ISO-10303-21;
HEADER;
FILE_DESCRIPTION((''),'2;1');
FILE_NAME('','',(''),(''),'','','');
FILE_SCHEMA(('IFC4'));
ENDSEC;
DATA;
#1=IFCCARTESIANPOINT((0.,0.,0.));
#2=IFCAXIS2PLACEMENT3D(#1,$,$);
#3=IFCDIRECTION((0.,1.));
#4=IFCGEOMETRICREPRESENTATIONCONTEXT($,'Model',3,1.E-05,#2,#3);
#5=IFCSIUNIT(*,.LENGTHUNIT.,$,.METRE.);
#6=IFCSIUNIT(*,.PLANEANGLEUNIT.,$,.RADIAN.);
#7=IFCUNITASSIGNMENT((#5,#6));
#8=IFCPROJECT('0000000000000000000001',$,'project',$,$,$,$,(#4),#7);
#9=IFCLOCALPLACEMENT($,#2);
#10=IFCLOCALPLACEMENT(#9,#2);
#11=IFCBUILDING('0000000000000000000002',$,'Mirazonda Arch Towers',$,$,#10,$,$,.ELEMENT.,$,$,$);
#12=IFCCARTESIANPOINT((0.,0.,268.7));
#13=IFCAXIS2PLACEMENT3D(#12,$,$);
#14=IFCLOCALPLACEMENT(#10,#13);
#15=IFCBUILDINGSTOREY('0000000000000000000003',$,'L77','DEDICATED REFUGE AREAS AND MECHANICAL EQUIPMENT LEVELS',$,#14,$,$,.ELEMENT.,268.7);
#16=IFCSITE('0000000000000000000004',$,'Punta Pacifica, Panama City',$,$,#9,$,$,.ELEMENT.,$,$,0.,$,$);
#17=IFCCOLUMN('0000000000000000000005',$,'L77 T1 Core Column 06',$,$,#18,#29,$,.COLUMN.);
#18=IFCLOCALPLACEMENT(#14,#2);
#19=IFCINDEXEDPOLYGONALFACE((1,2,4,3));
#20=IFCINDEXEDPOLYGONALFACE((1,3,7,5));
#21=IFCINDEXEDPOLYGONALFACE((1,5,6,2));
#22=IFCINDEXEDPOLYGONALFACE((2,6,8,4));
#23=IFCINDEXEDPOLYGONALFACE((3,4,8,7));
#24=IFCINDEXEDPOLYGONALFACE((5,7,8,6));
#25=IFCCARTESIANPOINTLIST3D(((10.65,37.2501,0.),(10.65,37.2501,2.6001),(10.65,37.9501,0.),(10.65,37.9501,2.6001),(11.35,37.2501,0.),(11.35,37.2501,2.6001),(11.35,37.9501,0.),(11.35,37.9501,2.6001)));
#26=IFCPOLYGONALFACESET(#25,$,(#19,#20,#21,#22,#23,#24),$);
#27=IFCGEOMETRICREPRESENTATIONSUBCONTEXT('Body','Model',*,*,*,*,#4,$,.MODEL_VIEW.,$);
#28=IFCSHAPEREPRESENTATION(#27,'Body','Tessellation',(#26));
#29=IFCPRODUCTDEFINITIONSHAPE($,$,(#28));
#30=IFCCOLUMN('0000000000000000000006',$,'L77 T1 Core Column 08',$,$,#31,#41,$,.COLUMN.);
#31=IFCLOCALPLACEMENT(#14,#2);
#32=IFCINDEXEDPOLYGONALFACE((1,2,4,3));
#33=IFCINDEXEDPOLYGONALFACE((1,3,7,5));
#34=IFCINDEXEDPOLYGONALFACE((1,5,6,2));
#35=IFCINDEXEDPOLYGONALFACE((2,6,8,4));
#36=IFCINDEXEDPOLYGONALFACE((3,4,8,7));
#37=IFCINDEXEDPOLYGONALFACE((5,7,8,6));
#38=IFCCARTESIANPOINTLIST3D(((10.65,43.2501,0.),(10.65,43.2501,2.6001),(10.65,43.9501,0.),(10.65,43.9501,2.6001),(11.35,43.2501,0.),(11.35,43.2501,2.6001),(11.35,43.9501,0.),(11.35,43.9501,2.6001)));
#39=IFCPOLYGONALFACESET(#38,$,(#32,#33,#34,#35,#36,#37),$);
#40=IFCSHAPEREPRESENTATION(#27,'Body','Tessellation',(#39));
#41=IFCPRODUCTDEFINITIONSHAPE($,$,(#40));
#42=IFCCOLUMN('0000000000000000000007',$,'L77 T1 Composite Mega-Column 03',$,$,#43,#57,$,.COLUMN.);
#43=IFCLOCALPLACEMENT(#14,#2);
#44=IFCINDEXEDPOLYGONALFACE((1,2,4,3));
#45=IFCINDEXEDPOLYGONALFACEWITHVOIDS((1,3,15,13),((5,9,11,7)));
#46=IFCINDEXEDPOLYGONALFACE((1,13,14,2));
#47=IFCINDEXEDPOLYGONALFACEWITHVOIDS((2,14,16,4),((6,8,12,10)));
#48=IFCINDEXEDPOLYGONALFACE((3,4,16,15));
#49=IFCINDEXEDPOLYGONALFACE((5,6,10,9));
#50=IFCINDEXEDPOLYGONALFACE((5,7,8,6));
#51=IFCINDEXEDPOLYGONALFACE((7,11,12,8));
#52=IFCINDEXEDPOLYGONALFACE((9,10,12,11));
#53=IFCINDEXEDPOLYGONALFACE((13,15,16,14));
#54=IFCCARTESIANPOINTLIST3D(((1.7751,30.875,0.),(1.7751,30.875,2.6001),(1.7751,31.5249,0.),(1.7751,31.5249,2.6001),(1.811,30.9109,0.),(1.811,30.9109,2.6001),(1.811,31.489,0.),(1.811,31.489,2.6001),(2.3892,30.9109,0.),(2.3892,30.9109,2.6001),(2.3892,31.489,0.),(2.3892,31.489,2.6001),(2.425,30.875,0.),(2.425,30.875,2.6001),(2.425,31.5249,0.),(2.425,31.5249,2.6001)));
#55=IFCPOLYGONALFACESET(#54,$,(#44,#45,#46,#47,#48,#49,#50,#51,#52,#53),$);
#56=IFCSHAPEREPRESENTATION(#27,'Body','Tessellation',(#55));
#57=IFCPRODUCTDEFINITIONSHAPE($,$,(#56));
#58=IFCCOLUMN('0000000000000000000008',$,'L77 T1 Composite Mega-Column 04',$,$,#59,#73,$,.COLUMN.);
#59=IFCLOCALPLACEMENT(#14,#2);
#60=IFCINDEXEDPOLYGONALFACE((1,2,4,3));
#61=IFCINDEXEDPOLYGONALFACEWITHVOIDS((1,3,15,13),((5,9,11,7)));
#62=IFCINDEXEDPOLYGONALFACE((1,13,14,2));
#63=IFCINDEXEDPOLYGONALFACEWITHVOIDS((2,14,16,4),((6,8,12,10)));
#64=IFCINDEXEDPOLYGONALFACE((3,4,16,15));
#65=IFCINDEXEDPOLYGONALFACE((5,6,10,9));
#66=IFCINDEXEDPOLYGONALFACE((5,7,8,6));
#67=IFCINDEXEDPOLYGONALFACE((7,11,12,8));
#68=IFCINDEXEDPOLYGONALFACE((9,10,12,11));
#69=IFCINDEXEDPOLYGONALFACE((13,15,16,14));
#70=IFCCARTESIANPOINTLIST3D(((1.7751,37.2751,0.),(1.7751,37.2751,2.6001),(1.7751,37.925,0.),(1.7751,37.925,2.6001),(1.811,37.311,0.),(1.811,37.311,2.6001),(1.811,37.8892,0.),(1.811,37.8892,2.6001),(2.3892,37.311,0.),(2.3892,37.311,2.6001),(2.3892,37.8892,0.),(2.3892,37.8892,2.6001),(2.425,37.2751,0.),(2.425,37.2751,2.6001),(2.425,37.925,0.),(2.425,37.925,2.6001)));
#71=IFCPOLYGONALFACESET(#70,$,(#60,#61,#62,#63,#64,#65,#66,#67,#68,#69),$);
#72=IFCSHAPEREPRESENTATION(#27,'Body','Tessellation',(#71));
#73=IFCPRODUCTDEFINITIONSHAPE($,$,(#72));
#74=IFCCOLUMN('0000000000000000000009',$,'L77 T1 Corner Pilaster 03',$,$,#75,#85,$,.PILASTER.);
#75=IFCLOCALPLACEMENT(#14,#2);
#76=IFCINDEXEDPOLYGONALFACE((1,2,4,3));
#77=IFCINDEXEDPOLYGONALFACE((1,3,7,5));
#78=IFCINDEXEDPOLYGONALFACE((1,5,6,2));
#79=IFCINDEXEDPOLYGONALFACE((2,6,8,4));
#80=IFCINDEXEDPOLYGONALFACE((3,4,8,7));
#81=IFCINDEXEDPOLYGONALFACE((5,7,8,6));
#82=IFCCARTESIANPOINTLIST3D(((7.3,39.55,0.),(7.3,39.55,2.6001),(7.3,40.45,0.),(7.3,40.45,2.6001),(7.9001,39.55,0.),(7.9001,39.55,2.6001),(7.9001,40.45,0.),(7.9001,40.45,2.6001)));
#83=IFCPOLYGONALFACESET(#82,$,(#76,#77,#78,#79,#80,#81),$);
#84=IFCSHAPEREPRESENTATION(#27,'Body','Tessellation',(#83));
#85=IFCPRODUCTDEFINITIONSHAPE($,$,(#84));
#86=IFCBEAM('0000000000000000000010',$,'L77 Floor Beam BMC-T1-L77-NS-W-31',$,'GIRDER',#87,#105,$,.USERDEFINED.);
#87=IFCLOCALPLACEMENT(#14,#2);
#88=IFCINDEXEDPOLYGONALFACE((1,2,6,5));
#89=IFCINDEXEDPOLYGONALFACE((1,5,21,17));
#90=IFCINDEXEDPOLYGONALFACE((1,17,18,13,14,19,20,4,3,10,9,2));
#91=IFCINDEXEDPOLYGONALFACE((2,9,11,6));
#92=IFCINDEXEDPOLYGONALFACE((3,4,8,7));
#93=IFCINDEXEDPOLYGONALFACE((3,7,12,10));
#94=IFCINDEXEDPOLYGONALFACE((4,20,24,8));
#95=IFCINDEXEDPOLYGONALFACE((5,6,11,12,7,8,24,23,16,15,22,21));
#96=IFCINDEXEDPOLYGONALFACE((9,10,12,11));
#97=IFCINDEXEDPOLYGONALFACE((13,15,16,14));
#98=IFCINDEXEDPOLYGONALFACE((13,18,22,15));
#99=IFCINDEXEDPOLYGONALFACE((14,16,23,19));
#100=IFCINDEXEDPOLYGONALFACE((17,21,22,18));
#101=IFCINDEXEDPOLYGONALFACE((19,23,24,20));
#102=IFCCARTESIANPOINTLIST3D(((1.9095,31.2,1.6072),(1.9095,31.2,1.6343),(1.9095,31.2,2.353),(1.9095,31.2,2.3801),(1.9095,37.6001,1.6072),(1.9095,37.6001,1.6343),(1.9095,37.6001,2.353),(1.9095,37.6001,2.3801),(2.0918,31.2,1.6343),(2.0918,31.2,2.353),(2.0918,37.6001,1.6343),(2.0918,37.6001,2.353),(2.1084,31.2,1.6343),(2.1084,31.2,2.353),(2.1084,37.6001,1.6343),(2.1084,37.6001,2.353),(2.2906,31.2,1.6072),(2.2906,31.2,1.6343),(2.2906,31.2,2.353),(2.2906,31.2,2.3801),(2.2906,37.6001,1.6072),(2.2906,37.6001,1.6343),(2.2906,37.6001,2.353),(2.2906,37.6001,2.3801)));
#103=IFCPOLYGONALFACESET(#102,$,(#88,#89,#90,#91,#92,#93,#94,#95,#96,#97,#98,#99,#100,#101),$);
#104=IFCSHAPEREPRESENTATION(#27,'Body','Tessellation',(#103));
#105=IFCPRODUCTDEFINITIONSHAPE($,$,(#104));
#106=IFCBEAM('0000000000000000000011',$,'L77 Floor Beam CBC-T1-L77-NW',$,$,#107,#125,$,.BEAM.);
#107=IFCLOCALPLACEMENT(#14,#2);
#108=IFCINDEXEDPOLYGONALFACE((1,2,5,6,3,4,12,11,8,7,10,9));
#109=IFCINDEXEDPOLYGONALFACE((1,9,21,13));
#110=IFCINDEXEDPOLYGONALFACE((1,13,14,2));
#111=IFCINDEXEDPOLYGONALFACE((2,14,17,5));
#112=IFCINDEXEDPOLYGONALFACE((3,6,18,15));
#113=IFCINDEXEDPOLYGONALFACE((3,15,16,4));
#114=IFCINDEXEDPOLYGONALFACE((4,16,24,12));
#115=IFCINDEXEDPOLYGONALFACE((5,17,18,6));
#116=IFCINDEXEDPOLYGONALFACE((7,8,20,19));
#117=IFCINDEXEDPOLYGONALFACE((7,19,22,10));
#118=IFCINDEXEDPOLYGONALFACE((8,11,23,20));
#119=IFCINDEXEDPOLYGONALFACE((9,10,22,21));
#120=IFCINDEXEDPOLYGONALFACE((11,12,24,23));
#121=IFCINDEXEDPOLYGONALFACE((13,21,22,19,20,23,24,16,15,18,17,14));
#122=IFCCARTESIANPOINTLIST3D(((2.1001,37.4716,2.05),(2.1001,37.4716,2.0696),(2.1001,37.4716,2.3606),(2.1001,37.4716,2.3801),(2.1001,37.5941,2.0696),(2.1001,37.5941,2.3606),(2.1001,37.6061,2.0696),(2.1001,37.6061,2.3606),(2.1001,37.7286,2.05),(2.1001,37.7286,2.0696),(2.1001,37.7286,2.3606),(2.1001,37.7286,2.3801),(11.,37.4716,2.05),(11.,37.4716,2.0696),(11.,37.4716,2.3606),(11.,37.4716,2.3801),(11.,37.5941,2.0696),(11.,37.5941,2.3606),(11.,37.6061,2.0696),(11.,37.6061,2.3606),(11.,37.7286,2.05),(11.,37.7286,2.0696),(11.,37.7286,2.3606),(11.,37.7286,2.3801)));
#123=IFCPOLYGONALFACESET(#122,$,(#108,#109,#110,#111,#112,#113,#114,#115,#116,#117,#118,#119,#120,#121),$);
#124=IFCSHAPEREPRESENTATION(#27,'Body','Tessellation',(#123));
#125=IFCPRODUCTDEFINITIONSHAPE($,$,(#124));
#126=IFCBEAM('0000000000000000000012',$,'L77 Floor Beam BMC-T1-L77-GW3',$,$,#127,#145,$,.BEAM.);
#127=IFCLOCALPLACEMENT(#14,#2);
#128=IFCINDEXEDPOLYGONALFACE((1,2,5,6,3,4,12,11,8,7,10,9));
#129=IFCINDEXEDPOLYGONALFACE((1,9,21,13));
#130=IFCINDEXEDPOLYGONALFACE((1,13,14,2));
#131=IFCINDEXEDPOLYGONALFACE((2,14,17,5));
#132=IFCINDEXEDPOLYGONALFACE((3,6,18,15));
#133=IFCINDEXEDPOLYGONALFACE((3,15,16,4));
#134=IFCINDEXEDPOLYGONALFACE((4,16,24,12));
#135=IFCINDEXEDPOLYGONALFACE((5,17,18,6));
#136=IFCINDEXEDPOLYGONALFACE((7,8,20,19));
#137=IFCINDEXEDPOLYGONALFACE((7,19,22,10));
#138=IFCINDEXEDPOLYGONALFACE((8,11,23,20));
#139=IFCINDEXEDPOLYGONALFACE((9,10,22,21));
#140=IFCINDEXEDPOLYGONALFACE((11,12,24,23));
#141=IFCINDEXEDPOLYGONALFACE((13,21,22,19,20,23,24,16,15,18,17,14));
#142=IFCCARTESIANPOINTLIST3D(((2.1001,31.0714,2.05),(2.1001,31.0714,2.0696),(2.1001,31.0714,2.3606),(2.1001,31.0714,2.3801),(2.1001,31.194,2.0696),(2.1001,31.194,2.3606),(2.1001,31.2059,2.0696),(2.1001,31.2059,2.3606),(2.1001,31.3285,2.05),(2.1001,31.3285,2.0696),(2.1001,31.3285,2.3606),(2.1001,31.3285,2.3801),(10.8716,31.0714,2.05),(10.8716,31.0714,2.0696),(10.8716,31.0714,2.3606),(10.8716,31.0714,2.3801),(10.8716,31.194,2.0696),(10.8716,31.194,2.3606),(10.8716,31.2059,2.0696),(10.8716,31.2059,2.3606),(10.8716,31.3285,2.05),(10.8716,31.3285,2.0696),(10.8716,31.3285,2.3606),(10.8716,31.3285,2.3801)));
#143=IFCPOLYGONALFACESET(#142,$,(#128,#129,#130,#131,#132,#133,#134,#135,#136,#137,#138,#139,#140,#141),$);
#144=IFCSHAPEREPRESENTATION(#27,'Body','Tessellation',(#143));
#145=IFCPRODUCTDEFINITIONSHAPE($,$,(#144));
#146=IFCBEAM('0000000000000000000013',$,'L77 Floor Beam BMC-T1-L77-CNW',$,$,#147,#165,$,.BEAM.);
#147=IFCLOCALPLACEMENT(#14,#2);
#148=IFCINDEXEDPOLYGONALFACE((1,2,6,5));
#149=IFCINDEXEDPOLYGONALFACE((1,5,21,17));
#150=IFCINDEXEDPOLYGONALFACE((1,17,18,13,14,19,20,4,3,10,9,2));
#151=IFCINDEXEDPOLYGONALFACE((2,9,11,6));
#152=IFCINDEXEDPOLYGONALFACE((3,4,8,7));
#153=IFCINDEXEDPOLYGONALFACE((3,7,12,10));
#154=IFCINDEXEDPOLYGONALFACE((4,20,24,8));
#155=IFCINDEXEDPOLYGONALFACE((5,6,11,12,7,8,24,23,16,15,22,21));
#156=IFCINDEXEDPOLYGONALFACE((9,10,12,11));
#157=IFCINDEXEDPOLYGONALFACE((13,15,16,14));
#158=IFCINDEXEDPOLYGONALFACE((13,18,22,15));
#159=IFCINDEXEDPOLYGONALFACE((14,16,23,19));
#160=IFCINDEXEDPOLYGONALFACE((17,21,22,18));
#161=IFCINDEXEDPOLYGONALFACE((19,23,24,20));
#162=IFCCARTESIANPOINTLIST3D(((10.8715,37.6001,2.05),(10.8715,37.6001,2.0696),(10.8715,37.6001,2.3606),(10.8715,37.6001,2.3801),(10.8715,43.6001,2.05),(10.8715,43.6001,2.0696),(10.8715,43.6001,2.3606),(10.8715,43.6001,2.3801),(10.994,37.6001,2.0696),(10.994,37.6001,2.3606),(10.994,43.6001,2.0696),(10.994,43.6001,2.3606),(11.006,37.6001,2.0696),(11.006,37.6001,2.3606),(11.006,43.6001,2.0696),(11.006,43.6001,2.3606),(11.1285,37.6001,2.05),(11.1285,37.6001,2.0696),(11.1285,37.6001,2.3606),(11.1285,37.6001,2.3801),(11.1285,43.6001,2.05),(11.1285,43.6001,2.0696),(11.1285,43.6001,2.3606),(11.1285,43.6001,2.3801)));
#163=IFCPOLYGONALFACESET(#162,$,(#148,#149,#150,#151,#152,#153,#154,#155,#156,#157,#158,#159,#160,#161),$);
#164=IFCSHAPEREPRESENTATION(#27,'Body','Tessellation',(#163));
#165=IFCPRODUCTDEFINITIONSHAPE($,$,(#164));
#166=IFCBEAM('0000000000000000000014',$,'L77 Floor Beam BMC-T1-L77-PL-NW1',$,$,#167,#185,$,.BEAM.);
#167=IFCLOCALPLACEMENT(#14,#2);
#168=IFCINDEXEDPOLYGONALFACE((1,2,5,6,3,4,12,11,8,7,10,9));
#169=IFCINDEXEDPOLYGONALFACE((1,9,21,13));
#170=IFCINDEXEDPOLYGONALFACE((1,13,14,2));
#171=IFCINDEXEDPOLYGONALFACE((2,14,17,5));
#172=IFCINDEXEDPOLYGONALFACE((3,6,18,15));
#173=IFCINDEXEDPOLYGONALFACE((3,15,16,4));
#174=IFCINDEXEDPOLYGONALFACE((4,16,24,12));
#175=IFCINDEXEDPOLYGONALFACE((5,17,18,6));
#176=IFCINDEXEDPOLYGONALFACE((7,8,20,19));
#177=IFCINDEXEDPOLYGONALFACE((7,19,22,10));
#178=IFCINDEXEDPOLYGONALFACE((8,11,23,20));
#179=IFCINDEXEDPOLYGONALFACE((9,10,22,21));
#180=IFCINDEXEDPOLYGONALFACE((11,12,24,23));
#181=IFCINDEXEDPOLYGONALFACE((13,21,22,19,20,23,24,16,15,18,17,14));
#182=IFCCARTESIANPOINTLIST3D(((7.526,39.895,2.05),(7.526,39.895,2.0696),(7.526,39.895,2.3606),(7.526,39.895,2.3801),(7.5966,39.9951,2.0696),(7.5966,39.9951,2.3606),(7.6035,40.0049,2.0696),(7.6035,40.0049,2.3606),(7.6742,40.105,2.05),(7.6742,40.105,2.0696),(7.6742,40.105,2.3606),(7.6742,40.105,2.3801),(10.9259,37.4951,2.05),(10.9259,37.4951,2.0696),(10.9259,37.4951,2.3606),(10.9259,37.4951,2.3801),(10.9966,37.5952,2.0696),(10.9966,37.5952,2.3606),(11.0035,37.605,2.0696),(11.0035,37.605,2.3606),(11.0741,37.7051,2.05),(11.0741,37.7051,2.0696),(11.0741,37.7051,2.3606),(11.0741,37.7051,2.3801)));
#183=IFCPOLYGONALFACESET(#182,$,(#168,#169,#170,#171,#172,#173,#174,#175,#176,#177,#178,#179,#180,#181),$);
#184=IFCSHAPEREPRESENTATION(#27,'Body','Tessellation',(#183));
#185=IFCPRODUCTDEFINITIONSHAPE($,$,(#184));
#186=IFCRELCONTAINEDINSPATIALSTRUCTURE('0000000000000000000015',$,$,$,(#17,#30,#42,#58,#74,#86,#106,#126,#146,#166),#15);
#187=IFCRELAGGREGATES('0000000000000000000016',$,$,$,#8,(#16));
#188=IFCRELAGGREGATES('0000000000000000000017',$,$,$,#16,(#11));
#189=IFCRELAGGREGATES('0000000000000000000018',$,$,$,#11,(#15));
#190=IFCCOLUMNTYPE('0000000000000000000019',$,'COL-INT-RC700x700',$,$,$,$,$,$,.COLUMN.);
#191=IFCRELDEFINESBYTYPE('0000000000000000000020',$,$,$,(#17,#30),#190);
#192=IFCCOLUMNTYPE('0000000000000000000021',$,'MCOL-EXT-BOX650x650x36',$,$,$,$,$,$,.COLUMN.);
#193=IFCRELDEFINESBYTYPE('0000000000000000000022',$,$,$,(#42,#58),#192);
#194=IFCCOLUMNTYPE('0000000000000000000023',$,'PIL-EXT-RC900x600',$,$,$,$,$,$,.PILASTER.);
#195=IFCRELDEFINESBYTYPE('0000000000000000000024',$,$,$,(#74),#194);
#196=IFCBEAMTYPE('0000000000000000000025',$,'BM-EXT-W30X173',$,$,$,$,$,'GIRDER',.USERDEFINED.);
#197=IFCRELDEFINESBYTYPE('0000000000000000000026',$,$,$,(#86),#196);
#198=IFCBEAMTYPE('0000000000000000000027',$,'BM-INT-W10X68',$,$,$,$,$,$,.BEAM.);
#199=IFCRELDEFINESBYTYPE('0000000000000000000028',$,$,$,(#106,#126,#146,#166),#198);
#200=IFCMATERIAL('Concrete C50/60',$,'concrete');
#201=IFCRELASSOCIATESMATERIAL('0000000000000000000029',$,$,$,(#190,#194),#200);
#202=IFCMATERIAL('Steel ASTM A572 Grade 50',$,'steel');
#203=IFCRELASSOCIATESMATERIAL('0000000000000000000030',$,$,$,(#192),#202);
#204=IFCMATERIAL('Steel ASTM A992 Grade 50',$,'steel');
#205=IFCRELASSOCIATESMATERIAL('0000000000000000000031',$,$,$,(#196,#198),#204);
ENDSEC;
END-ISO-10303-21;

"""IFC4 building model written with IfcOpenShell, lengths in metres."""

from ifc_helpers import new_model, si_unit, direction, frame, origin, origin_2d, place, context, subcontext, project, spatial, rectangle, hollow_rectangle, i_section, extrude, material, material_profile, profile_set, type_object, element, save


model = new_model("IFC4")

# Units and contexts
model_context = context("Model", 3, precision=1e-05, world=origin(), true_north=direction((0.0, 1.0)))
body_context = subcontext(model_context, "Body", "Model", "MODEL_VIEW")
ifc_project = project(units=[si_unit("LENGTHUNIT", "METRE"), si_unit("PLANEANGLEUNIT", "RADIAN")], contexts=[model_context])

# Site, building, storey
site_placement = place(None, origin())
site = spatial("IfcSite", under=ifc_project, at=site_placement, Name="Punta Pacifica, Panama City", CompositionType="ELEMENT", RefElevation=0.0)
building_placement = place(site_placement, origin())
building = spatial("IfcBuilding", under=site, at=building_placement, Name="Mirazonda Arch Towers", CompositionType="ELEMENT")
storey_placement = place(building_placement, frame((0.0, 0.0, 268.7)))
storey = spatial("IfcBuildingStorey", under=building, at=storey_placement, Name="L77", Description="DEDICATED REFUGE AREAS AND MECHANICAL EQUIPMENT LEVELS", CompositionType="ELEMENT", Elevation=268.7)

# Columns
ifc_material_1 = material(Name="Concrete C50/60", Category="concrete")
ifc_material_profile_1 = material_profile(ifc_material_1, rectangle(XDim=0.7, YDim=0.7, at=origin_2d()), Name="RC700x700")
ifc_profile_set_1 = profile_set([ifc_material_profile_1], Name="Concrete C50/60")
column_type_1 = type_object("IfcColumnType", Name="COL-INT-RC700x700", PredefinedType="COLUMN", material=ifc_profile_set_1)
for number, where, z_axis, x_axis, name in (
    (1, (11.0, 37.6001, 0.0), (0.0, 0.0, 1.0), (1.0, 0.0, 0.0), "L77 T1 Core Column 06"),
    (2, (11.0, 43.6001, 0.0), (0.0, 0.0, 1.0), (1.0, 0.0, 0.0), "L77 T1 Core Column 08"),
):
    element("IfcColumn", number, at=place(storey_placement, frame(where, z_axis=z_axis, x_axis=x_axis)), inside=storey, type_object=column_type_1, Name=name, PredefinedType="COLUMN", context=body_context, shape_type="SweptSolid", body=[
        extrude(rectangle(XDim=0.7, YDim=0.7, at=origin_2d()), origin(), (0.0, 0.0, 1.0), 2.6001),
    ])
ifc_material_2 = material(Name="Steel ASTM A572 Grade 50", Category="steel")
ifc_material_profile_2 = material_profile(ifc_material_2, hollow_rectangle(XDim=0.6499, YDim=0.6499, WallThickness=0.0359, at=origin_2d()), Name="BOX650x650x36")
ifc_profile_set_2 = profile_set([ifc_material_profile_2], Name="Steel ASTM A572 Grade 50")
column_type_2 = type_object("IfcColumnType", Name="MCOL-EXT-BOX650x650x36", PredefinedType="COLUMN", material=ifc_profile_set_2)
for number, where, z_axis, x_axis, name in (
    (3, (2.1001, 31.2, 0.0), (0.0, 0.0, 1.0), (1.0, 0.0, 0.0), "L77 T1 Composite Mega-Column 03"),
    (4, (2.1001, 37.6001, 0.0), (0.0, 0.0, 1.0), (1.0, 0.0, 0.0), "L77 T1 Composite Mega-Column 04"),
):
    element("IfcColumn", number, at=place(storey_placement, frame(where, z_axis=z_axis, x_axis=x_axis)), inside=storey, type_object=column_type_2, Name=name, PredefinedType="COLUMN", context=body_context, shape_type="SweptSolid", body=[
        extrude(hollow_rectangle(XDim=0.6499, YDim=0.6499, WallThickness=0.0359, at=origin_2d()), origin(), (0.0, 0.0, 1.0), 2.6001),
    ])
ifc_material_profile_3 = material_profile(ifc_material_1, rectangle(XDim=0.6001, YDim=0.8999, at=origin_2d()), Name="RC900x600")
ifc_profile_set_3 = profile_set([ifc_material_profile_3], Name="Concrete C50/60")
column_type_3 = type_object("IfcColumnType", Name="PIL-EXT-RC900x600", PredefinedType="PILASTER", material=ifc_profile_set_3)
column_placement = place(storey_placement, frame((7.6001, 40.0, 0.0), z_axis=(0.0, 0.0, 1.0), x_axis=(1.0, 0.0, 0.0)))
element("IfcColumn", 5, at=column_placement, inside=storey, type_object=column_type_3, Name="L77 T1 Corner Pilaster 03", PredefinedType="PILASTER", context=body_context, shape_type="SweptSolid", body=[
    extrude(rectangle(XDim=0.6001, YDim=0.8999, at=origin_2d()), origin(), (0.0, 0.0, 1.0), 2.6001),
])

# Beams
ifc_material_3 = material(Name="Steel ASTM A992 Grade 50", Category="steel")
ifc_material_profile_4 = material_profile(ifc_material_3, i_section(OverallWidth=0.3811, OverallDepth=0.7729, WebThickness=0.0166, FlangeThickness=0.0271, at=origin_2d()), Name="W30X173")
ifc_profile_set_4 = profile_set([ifc_material_profile_4], Name="Steel ASTM A992 Grade 50")
beam_type_1 = type_object("IfcBeamType", Name="BM-EXT-W30X173", ElementType="GIRDER", PredefinedType="USERDEFINED", material=ifc_profile_set_4)
beam_1_placement = place(storey_placement, frame((2.1001, 31.2, 1.9937), z_axis=(0.0, 1.0, 0.0), x_axis=(-1.0, 0.0, 0.0)))
element("IfcBeam", 6, at=beam_1_placement, inside=storey, type_object=beam_type_1, Name="L77 Floor Beam BMC-T1-L77-NS-W-31", ObjectType="GIRDER", PredefinedType="USERDEFINED", context=body_context, shape_type="SweptSolid", body=[
    extrude(i_section(OverallWidth=0.3811, OverallDepth=0.7729, WebThickness=0.0166, FlangeThickness=0.0271, at=origin_2d()), origin(), (0.0, 0.0, 1.0), 6.4001),
])
ifc_material_profile_5 = material_profile(ifc_material_3, i_section(OverallWidth=0.2571, OverallDepth=0.3301, WebThickness=0.012, FlangeThickness=0.0195, at=origin_2d()), Name="W10X68")
ifc_profile_set_5 = profile_set([ifc_material_profile_5], Name="Steel ASTM A992 Grade 50")
beam_type_2 = type_object("IfcBeamType", Name="BM-INT-W10X68", PredefinedType="BEAM", material=ifc_profile_set_5)
beam_2_placement = place(storey_placement, frame((2.1001, 37.6001, 2.2151), z_axis=(1.0, 0.0, 0.0), x_axis=(0.0, 1.0, 0.0)))
element("IfcBeam", 7, at=beam_2_placement, inside=storey, type_object=beam_type_2, Name="L77 Floor Beam CBC-T1-L77-NW", PredefinedType="BEAM", context=body_context, shape_type="SweptSolid", body=[
    extrude(i_section(OverallWidth=0.2571, OverallDepth=0.3301, WebThickness=0.012, FlangeThickness=0.0195, at=origin_2d()), origin(), (0.0, 0.0, 1.0), 8.8999),
])
beam_3_placement = place(storey_placement, frame((2.1001, 31.2, 2.2151), z_axis=(1.0, 0.0, 0.0), x_axis=(0.0, 1.0, 0.0)))
element("IfcBeam", 8, at=beam_3_placement, inside=storey, type_object=beam_type_2, Name="L77 Floor Beam BMC-T1-L77-GW3", PredefinedType="BEAM", context=body_context, shape_type="SweptSolid", body=[
    extrude(i_section(OverallWidth=0.2571, OverallDepth=0.3301, WebThickness=0.012, FlangeThickness=0.0195, at=origin_2d()), origin(), (0.0, 0.0, 1.0), 8.7715),
])
beam_4_placement = place(storey_placement, frame((11.0, 37.6001, 2.2151), z_axis=(0.0, 1.0, 0.0), x_axis=(-1.0, 0.0, 0.0)))
element("IfcBeam", 9, at=beam_4_placement, inside=storey, type_object=beam_type_2, Name="L77 Floor Beam BMC-T1-L77-CNW", PredefinedType="BEAM", context=body_context, shape_type="SweptSolid", body=[
    extrude(i_section(OverallWidth=0.2571, OverallDepth=0.3301, WebThickness=0.012, FlangeThickness=0.0195, at=origin_2d()), origin(), (0.0, 0.0, 1.0), 6.0),
])
beam_5_placement = place(storey_placement, frame((7.6001, 40.0, 2.2151), z_axis=(0.816971, -0.576679, 0.0), x_axis=(0.576679, 0.816971, 0.0)))
element("IfcBeam", 10, at=beam_5_placement, inside=storey, type_object=beam_type_2, Name="L77 Floor Beam BMC-T1-L77-PL-NW1", PredefinedType="BEAM", context=body_context, shape_type="SweptSolid", body=[
    extrude(i_section(OverallWidth=0.2571, OverallDepth=0.3301, WebThickness=0.012, FlangeThickness=0.0195, at=origin_2d()), origin(), (0.0, 0.0, 1.0), 4.1616),
])

save(model, "model.ifc")
